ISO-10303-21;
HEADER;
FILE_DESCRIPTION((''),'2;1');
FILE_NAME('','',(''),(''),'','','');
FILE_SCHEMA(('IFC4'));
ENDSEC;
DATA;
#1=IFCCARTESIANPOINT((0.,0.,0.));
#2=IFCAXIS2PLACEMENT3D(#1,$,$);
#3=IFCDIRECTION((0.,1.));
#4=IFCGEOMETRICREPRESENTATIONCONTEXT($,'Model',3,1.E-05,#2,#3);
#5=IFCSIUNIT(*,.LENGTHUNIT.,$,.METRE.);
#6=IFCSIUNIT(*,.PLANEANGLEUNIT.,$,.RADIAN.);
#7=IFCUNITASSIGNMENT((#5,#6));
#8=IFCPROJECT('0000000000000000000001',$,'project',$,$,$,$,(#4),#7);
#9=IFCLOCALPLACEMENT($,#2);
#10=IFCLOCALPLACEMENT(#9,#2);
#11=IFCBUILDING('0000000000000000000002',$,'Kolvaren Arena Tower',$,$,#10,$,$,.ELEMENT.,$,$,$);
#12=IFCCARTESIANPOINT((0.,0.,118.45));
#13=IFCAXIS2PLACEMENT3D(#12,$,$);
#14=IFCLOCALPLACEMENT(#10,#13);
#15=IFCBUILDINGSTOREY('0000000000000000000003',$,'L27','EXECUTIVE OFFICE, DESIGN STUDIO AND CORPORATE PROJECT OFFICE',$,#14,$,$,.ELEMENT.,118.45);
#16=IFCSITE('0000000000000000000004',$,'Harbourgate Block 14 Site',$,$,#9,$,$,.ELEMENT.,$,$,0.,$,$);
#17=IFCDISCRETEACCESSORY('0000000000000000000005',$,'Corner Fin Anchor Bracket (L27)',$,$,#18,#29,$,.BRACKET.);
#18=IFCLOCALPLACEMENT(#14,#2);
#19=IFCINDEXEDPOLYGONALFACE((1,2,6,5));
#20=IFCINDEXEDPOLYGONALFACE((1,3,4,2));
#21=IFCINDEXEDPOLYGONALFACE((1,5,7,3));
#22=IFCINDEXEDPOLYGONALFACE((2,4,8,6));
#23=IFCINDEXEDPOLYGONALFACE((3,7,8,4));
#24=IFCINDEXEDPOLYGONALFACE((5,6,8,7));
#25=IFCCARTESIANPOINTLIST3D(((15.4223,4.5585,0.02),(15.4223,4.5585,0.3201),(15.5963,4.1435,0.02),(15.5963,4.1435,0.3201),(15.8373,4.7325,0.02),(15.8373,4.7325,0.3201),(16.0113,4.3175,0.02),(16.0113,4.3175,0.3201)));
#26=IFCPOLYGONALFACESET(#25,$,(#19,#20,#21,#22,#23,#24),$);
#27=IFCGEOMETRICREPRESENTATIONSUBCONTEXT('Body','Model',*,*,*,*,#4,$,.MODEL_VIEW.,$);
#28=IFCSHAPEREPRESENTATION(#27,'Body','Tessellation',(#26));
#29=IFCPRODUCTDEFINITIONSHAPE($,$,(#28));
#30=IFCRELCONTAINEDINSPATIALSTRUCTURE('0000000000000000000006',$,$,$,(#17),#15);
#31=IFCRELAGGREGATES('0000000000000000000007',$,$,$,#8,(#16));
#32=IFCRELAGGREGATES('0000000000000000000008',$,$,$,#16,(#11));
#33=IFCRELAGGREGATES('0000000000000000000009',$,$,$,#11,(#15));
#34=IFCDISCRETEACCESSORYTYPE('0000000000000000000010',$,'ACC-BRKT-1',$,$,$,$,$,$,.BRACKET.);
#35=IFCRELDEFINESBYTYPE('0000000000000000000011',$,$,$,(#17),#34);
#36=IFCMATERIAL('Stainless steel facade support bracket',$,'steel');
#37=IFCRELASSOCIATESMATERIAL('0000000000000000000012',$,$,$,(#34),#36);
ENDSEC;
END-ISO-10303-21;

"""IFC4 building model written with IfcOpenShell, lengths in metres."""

from ifc_helpers import new_model, si_unit, direction, frame, origin, origin_2d, place, context, subcontext, project, spatial, rectangle, extrude, material, type_object, element, save


model = new_model("IFC4")

# Units and contexts
model_context = context("Model", 3, precision=1e-05, world=origin(), true_north=direction((0.0, 1.0)))
body_context = subcontext(model_context, "Body", "Model", "MODEL_VIEW")
ifc_project = project(units=[si_unit("LENGTHUNIT", "METRE"), si_unit("PLANEANGLEUNIT", "RADIAN")], contexts=[model_context])

# Site, building, storey
site_placement = place(None, origin())
site = spatial("IfcSite", under=ifc_project, at=site_placement, Name="Harbourgate Block 14 Site", CompositionType="ELEMENT", RefElevation=0.0)
building_placement = place(site_placement, origin())
building = spatial("IfcBuilding", under=site, at=building_placement, Name="Kolvaren Arena Tower", CompositionType="ELEMENT")
storey_placement = place(building_placement, frame((0.0, 0.0, 118.45)))
storey = spatial("IfcBuildingStorey", under=building, at=storey_placement, Name="L27", Description="EXECUTIVE OFFICE, DESIGN STUDIO AND CORPORATE PROJECT OFFICE", CompositionType="ELEMENT", Elevation=118.45)

# Discrete accessory
ifc_material_1 = material(Name="Stainless steel facade support bracket", Category="steel")
discrete_accessory_type = type_object("IfcDiscreteAccessoryType", Name="ACC-BRKT-1", PredefinedType="BRACKET", material=ifc_material_1)
for number, where, z_axis, x_axis, name in (
    (1, (15.7168, 4.438, 0.02), (0.0, 0.0, 1.0), (0.386706, -0.922203, 0.0), "Corner Fin Anchor Bracket (L27)"),
):
    element("IfcDiscreteAccessory", number, at=place(storey_placement, frame(where, z_axis=z_axis, x_axis=x_axis)), inside=storey, type_object=discrete_accessory_type, Name=name, PredefinedType="BRACKET", context=body_context, shape_type="SweptSolid", body=[
        extrude(rectangle(XDim=0.45, YDim=0.45, at=origin_2d()), origin(), (0.0, 0.0, 1.0), 0.3),
    ])

save(model, "model.ifc")
